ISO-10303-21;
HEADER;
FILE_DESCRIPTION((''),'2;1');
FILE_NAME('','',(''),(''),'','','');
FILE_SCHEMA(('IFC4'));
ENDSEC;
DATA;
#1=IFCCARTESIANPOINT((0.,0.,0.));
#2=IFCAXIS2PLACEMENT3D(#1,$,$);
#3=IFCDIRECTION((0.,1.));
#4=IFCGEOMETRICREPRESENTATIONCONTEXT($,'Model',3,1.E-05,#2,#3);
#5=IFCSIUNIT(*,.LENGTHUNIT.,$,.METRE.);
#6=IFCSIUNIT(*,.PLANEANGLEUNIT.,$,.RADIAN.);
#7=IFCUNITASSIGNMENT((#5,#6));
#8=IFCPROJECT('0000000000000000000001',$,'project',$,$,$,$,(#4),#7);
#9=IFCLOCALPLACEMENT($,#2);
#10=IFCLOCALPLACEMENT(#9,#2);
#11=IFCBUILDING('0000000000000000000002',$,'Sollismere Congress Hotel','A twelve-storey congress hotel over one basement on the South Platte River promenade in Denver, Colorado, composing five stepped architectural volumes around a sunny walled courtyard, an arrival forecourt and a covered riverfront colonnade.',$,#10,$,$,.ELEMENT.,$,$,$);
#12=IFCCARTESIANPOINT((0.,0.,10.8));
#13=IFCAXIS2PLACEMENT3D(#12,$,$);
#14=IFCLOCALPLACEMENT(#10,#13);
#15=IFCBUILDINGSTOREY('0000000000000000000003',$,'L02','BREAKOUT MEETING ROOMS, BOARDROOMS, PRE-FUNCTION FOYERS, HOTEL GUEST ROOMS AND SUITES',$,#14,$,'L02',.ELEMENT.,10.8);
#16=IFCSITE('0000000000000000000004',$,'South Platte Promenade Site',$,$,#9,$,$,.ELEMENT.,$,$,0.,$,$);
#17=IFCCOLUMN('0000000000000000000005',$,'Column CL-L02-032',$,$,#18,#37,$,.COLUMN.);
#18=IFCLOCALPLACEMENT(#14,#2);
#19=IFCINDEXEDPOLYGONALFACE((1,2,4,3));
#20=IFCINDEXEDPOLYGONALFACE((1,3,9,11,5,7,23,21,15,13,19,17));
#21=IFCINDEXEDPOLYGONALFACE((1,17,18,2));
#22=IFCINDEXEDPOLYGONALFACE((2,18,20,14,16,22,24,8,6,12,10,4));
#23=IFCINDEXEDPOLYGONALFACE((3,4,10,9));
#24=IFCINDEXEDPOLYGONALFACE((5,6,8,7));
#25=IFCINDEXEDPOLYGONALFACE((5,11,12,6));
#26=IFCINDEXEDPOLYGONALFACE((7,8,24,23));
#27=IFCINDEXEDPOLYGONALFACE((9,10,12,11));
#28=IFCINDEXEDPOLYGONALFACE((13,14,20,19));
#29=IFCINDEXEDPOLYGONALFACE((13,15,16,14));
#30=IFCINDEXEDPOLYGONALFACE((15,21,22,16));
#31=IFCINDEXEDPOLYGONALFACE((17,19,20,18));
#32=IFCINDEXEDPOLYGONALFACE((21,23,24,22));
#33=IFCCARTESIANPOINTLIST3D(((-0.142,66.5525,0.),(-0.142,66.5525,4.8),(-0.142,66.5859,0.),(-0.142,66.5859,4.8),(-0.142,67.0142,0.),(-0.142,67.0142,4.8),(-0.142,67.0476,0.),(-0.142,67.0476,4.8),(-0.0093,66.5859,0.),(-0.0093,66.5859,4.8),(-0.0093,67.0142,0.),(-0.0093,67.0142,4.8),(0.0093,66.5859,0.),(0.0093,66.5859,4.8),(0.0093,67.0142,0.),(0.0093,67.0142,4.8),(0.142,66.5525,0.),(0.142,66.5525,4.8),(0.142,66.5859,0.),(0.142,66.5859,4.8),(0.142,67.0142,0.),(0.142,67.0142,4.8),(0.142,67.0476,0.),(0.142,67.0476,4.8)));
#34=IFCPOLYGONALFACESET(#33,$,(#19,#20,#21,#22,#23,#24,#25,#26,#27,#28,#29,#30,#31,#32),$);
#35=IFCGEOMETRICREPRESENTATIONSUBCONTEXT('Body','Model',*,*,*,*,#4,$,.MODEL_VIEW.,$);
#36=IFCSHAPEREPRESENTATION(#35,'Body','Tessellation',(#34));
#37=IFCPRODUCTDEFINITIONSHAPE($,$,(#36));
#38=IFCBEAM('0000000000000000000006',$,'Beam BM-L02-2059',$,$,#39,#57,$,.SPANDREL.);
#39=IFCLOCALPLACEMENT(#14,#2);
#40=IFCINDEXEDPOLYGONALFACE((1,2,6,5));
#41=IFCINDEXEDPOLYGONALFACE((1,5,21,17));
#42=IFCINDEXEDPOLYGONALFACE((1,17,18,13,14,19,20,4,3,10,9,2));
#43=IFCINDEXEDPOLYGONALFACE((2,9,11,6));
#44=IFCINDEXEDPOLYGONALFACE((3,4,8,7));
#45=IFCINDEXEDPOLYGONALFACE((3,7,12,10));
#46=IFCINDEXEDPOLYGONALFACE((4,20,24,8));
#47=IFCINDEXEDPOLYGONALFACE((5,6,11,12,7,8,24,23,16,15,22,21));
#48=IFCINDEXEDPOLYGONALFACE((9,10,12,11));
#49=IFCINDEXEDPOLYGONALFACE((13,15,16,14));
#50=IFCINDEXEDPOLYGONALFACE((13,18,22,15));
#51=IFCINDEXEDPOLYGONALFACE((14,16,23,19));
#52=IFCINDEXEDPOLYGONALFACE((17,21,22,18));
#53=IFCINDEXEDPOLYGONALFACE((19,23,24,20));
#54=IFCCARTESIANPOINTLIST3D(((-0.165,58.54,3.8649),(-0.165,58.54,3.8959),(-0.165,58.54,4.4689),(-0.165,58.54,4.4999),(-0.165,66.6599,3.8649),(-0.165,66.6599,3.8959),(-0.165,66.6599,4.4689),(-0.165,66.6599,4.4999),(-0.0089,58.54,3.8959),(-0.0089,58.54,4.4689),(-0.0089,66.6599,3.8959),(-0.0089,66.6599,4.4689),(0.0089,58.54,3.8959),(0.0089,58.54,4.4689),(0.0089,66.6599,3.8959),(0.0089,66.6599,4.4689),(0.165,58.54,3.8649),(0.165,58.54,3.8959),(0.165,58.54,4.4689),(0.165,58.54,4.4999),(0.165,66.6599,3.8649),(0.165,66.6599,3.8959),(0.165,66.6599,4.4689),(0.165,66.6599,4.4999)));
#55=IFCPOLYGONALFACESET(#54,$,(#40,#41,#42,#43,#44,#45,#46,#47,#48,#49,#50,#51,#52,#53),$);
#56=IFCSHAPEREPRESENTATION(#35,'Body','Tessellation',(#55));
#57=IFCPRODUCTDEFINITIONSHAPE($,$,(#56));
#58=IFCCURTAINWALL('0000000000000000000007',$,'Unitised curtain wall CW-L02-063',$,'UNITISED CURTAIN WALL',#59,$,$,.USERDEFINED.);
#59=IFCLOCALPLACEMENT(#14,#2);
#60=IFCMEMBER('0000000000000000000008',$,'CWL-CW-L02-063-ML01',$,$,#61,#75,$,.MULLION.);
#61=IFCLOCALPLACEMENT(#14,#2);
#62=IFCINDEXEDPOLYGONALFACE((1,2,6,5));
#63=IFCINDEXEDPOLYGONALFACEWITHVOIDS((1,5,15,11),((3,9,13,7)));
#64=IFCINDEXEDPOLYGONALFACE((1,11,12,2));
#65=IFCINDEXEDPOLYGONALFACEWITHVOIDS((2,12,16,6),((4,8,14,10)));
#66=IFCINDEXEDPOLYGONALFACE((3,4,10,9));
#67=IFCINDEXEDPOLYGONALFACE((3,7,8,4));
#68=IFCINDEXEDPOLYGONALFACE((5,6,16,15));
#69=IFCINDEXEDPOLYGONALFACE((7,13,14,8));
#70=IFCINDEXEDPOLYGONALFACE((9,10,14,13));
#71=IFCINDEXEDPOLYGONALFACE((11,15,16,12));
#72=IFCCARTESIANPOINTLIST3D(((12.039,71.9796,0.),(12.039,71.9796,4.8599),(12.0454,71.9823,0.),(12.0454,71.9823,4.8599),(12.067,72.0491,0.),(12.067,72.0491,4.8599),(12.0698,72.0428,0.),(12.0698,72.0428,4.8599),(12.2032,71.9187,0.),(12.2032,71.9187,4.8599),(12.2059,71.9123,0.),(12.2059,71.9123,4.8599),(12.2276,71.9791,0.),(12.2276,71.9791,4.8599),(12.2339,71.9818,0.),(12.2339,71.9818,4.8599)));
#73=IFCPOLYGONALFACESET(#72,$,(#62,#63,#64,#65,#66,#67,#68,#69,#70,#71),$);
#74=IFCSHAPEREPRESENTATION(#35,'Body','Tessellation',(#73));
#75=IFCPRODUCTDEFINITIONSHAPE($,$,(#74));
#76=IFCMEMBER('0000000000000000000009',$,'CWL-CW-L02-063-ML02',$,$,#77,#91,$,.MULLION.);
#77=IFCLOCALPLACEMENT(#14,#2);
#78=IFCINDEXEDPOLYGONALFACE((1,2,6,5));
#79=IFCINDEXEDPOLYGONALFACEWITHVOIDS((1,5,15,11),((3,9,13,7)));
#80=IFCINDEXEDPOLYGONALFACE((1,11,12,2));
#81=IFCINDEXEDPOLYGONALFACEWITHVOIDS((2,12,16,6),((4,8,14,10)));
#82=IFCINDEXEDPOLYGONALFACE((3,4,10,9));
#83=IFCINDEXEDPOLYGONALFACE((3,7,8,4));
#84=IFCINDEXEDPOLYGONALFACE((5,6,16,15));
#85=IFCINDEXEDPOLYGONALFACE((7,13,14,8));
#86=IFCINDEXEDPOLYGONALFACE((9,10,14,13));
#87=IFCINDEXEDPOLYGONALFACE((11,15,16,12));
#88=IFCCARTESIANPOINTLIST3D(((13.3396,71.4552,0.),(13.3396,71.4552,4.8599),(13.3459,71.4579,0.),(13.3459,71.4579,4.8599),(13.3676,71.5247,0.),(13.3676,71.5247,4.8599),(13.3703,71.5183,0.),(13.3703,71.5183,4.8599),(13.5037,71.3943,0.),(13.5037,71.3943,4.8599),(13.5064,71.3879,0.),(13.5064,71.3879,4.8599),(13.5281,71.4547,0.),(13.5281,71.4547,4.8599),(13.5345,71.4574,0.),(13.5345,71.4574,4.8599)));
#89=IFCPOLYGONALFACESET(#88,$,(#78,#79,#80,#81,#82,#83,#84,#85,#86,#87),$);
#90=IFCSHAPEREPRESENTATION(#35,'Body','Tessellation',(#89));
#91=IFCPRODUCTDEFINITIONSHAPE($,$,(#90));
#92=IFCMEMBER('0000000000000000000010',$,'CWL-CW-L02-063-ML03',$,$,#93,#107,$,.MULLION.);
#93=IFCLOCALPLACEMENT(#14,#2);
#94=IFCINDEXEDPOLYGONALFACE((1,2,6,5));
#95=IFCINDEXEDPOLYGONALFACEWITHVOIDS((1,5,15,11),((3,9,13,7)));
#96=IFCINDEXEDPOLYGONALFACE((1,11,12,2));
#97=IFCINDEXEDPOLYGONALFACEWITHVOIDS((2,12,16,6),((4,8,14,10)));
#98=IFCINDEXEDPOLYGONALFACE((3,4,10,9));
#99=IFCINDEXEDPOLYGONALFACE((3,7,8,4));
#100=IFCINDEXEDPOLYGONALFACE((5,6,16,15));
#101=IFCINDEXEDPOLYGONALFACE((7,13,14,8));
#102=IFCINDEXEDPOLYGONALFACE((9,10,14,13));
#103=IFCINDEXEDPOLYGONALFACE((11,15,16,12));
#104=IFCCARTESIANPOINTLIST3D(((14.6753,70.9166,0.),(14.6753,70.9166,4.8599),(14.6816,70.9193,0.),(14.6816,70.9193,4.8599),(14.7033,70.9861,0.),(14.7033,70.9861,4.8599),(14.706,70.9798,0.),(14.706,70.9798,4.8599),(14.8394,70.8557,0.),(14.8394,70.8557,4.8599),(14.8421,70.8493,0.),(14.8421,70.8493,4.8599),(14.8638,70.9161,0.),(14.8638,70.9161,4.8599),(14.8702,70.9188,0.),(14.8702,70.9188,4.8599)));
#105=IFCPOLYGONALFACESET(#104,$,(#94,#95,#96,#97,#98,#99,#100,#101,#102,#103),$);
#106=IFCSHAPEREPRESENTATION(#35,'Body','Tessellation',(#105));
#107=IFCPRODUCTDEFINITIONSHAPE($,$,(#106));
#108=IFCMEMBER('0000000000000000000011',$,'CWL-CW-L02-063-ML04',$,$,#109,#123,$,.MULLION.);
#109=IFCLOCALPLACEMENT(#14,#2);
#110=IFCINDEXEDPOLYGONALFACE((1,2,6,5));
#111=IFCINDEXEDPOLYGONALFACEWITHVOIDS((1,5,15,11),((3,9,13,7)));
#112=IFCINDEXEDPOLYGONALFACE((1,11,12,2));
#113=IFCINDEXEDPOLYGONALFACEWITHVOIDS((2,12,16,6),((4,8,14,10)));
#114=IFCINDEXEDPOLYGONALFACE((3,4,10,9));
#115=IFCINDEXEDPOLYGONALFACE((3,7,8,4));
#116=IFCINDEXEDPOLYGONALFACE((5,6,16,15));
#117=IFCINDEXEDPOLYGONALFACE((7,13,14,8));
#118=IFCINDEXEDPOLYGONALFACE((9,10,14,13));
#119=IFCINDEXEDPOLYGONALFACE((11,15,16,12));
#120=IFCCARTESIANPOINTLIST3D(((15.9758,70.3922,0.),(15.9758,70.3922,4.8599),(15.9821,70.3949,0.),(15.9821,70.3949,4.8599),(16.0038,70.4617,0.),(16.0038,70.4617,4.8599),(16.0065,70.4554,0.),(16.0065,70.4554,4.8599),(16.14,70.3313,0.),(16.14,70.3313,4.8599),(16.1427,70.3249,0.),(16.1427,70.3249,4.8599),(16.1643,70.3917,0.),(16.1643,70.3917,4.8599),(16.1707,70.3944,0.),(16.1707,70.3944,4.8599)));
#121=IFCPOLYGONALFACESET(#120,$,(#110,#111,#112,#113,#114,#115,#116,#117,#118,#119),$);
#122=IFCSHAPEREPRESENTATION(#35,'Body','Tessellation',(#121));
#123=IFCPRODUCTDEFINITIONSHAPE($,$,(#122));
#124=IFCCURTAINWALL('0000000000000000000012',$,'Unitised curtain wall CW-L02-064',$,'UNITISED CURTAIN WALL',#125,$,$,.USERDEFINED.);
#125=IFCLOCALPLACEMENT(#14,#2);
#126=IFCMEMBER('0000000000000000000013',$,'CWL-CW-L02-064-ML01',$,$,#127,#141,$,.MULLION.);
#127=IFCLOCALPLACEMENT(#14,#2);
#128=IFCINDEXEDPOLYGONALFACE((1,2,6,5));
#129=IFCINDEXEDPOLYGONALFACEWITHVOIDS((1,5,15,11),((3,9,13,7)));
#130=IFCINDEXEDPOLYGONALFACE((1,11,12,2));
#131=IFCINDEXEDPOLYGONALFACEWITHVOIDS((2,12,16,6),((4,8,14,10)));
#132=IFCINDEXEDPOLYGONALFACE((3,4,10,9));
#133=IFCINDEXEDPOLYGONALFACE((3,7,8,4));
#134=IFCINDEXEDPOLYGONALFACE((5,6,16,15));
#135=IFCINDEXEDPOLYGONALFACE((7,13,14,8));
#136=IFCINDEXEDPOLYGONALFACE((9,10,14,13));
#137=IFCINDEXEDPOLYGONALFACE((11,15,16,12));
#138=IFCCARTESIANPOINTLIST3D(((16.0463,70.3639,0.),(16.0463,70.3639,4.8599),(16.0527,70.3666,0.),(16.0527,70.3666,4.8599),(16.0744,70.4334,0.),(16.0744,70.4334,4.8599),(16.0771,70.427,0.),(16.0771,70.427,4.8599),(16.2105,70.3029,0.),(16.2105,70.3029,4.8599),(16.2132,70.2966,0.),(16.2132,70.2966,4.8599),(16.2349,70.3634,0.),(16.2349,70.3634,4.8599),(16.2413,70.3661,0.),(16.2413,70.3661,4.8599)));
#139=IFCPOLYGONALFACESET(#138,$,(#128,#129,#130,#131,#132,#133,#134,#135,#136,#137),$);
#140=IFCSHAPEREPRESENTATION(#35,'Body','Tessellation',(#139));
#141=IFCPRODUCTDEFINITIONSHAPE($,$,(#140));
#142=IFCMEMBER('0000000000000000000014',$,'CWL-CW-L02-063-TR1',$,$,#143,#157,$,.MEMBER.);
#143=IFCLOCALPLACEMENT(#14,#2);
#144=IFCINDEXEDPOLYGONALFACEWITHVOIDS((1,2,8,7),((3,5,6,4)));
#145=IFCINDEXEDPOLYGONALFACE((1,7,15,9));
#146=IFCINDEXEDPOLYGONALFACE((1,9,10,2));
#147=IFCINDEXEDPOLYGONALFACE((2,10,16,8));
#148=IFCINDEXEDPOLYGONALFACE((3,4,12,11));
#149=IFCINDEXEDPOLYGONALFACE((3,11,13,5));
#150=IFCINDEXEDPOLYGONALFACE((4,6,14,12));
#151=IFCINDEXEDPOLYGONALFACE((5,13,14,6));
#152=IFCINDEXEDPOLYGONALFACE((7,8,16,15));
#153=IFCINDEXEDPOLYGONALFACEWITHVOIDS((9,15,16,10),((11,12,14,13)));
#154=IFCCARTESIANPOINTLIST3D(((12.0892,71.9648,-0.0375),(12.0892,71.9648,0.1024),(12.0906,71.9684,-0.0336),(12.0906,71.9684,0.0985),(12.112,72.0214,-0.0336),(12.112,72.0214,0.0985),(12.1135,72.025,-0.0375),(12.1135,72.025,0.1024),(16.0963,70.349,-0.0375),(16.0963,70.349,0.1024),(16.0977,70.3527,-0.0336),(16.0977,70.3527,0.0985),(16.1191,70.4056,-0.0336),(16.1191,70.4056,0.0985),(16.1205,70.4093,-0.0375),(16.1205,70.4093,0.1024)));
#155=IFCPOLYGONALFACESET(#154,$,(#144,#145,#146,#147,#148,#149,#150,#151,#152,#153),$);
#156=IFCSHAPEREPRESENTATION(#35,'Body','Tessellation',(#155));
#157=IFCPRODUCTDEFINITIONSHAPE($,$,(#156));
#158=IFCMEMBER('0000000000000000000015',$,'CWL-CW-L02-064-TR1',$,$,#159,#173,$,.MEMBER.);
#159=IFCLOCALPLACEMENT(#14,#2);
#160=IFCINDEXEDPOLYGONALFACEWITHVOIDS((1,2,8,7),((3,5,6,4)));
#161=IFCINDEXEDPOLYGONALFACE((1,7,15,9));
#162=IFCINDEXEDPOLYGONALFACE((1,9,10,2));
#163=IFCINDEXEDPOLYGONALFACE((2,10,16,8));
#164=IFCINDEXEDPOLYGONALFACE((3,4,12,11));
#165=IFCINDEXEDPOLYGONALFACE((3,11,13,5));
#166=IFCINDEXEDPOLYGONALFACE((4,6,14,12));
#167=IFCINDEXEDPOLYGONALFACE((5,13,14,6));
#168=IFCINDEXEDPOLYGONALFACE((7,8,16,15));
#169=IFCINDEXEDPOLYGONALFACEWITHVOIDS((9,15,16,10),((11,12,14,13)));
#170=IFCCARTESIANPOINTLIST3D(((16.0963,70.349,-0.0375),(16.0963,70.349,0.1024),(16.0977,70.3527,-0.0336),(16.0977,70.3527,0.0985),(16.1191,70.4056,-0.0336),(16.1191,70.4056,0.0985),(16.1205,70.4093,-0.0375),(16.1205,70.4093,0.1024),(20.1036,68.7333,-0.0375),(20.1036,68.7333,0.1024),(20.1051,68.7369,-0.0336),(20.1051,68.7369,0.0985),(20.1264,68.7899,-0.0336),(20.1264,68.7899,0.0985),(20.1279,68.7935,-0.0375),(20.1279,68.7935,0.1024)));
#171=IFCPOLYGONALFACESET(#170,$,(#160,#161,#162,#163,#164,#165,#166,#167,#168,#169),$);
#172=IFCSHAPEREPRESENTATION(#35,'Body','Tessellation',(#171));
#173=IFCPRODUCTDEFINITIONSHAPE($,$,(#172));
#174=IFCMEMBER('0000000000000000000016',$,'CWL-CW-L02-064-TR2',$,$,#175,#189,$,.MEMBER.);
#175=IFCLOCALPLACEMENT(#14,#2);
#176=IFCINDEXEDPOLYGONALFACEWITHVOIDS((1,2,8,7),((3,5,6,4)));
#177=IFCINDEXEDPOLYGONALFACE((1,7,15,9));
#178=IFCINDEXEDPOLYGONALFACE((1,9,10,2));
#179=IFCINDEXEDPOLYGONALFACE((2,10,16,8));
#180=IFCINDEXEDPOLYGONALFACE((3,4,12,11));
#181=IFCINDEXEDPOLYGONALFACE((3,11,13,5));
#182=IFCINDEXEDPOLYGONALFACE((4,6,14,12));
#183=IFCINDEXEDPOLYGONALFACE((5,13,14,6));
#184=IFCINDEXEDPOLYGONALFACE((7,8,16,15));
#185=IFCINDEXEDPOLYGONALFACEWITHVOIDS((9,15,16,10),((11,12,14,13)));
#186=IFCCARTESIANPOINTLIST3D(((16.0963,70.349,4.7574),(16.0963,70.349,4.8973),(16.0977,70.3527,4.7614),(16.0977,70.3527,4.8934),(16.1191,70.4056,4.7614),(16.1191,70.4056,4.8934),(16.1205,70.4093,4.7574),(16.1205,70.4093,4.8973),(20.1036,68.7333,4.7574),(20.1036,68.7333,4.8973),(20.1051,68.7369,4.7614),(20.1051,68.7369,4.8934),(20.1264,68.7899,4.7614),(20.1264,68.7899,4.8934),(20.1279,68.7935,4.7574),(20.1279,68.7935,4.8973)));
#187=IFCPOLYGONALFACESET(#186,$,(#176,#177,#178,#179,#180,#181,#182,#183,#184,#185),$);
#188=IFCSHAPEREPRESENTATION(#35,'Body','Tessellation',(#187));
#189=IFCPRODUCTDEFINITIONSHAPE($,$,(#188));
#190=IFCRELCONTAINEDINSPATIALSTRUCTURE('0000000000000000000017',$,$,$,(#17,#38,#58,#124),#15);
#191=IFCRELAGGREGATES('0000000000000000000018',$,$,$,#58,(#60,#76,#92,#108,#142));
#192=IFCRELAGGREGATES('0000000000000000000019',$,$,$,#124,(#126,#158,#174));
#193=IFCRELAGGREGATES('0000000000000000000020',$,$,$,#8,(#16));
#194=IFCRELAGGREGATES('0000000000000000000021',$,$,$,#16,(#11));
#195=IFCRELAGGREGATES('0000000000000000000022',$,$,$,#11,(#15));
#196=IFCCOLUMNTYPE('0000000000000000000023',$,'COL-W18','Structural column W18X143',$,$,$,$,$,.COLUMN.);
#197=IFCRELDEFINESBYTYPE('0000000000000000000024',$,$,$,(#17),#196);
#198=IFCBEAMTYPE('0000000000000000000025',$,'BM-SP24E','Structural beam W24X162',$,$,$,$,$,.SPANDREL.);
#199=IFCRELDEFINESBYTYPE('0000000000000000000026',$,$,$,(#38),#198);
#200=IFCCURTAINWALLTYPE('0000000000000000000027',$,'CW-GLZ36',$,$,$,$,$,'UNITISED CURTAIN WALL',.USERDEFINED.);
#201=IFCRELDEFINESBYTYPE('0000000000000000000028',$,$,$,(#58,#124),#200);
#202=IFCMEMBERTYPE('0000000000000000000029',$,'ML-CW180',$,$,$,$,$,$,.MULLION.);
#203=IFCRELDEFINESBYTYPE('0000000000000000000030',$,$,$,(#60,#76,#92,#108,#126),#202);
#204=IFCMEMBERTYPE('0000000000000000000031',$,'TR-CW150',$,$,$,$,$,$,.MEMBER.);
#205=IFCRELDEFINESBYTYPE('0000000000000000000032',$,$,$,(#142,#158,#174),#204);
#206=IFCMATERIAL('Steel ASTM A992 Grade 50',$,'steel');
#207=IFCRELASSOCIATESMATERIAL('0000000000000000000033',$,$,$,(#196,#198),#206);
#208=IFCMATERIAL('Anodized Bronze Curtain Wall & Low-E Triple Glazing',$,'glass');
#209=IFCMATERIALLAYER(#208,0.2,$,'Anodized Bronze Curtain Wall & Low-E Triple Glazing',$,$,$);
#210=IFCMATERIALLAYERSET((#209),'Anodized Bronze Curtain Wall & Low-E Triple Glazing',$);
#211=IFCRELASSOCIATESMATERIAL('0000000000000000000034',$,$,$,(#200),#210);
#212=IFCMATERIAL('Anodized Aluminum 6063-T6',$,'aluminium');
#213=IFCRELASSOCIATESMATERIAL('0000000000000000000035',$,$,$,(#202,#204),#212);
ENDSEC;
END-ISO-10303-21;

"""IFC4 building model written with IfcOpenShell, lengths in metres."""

from ifc_helpers import new_model, si_unit, direction, frame, origin, origin_2d, place, context, subcontext, project, spatial, hollow_rectangle, i_section, extrude, material, layer, layer_set, material_profile, profile_set, type_object, element, aggregate, save


model = new_model("IFC4")

# Units and contexts
model_context = context("Model", 3, precision=1e-05, world=origin(), true_north=direction((0.0, 1.0)))
body_context = subcontext(model_context, "Body", "Model", "MODEL_VIEW")
ifc_project = project(units=[si_unit("LENGTHUNIT", "METRE"), si_unit("PLANEANGLEUNIT", "RADIAN")], contexts=[model_context])

# Site, building, storey
site_placement = place(None, origin())
site = spatial("IfcSite", under=ifc_project, at=site_placement, Name="South Platte Promenade Site", CompositionType="ELEMENT", RefElevation=0.0)
building_placement = place(site_placement, origin())
building = spatial("IfcBuilding", under=site, at=building_placement, Name="Sollismere Congress Hotel", Description="A twelve-storey congress hotel over one basement on the South Platte River promenade in Denver, Colorado, composing five stepped architectural volumes around a sunny walled courtyard, an arrival forecourt and a covered riverfront colonnade.", CompositionType="ELEMENT")
storey_placement = place(building_placement, frame((0.0, 0.0, 10.8)))
storey = spatial("IfcBuildingStorey", under=building, at=storey_placement, Name="L02", Description="BREAKOUT MEETING ROOMS, BOARDROOMS, PRE-FUNCTION FOYERS, HOTEL GUEST ROOMS AND SUITES", LongName="L02", CompositionType="ELEMENT", Elevation=10.8)

# Column
ifc_material_1 = material(Name="Steel ASTM A992 Grade 50", Category="steel")
ifc_material_profile_1 = material_profile(ifc_material_1, i_section(OverallWidth=0.2839, OverallDepth=0.4951, WebThickness=0.0186, FlangeThickness=0.0334, at=origin_2d()), Name="W18X143")
ifc_profile_set_1 = profile_set([ifc_material_profile_1], Name="Steel ASTM A992 Grade 50")
column_type = type_object("IfcColumnType", Name="COL-W18", Description="Structural column W18X143", PredefinedType="COLUMN", material=ifc_profile_set_1)
column_placement = place(storey_placement, frame((0.0, 66.8, 0.0), z_axis=(0.0, 0.0, 1.0), x_axis=(1.0, 0.0, 0.0)))
element("IfcColumn", 1, at=column_placement, inside=storey, type_object=column_type, Name="Column CL-L02-032", PredefinedType="COLUMN", context=body_context, shape_type="SweptSolid", body=[
    extrude(i_section(OverallWidth=0.2839, OverallDepth=0.4951, WebThickness=0.0186, FlangeThickness=0.0334, at=origin_2d()), origin(), (0.0, 0.0, 1.0), 4.8),
])

# Beam
ifc_material_profile_2 = material_profile(ifc_material_1, i_section(OverallWidth=0.3301, OverallDepth=0.635, WebThickness=0.0178, FlangeThickness=0.031, at=origin_2d()), Name="W24X162")
ifc_profile_set_2 = profile_set([ifc_material_profile_2], Name="Steel ASTM A992 Grade 50")
beam_type = type_object("IfcBeamType", Name="BM-SP24E", Description="Structural beam W24X162", PredefinedType="SPANDREL", material=ifc_profile_set_2)
beam_placement = place(storey_placement, frame((0.0, 58.54, 4.1824), z_axis=(0.0, 1.0, 0.0), x_axis=(-1.0, 0.0, 0.0)))
element("IfcBeam", 2, at=beam_placement, inside=storey, type_object=beam_type, Name="Beam BM-L02-2059", PredefinedType="SPANDREL", context=body_context, shape_type="SweptSolid", body=[
    extrude(i_section(OverallWidth=0.3301, OverallDepth=0.635, WebThickness=0.0178, FlangeThickness=0.031, at=origin_2d()), origin(), (0.0, 0.0, 1.0), 8.1199),
])

# Curtain wall, members
ifc_material_2 = material(Name="Anodized Bronze Curtain Wall & Low-E Triple Glazing", Category="glass")
ifc_layer_1 = layer(ifc_material_2, 0.2, Name="Anodized Bronze Curtain Wall & Low-E Triple Glazing")
ifc_layer_set_1 = layer_set([ifc_layer_1], Name="Anodized Bronze Curtain Wall & Low-E Triple Glazing")
curtain_wall_type = type_object("IfcCurtainWallType", Name="CW-GLZ36", ElementType="UNITISED CURTAIN WALL", PredefinedType="USERDEFINED", material=ifc_layer_set_1)
curtain_wall_1_placement = place(storey_placement, origin())
curtain_wall_1 = element("IfcCurtainWall", 3, at=curtain_wall_1_placement, inside=storey, type_object=curtain_wall_type, Name="Unitised curtain wall CW-L02-063", ObjectType="UNITISED CURTAIN WALL", PredefinedType="USERDEFINED")
ifc_material_3 = material(Name="Anodized Aluminum 6063-T6", Category="aluminium")
ifc_material_profile_3 = material_profile(ifc_material_3, hollow_rectangle(XDim=0.075, YDim=0.1799, WallThickness=0.0049, at=origin_2d()), Name="ALU180X75X5")
ifc_profile_set_3 = profile_set([ifc_material_profile_3], Name="Anodized Aluminum 6063-T6")
member_type_1 = type_object("IfcMemberType", Name="ML-CW180", PredefinedType="MULLION", material=ifc_profile_set_3)
member_1_placement = place(storey_placement, frame((12.1365, 71.9807, 0.0), z_axis=(0.0, 0.0, 1.0), x_axis=(0.373943, 0.927452, 0.0)))
member_1 = element("IfcMember", 4, at=member_1_placement, type_object=member_type_1, Name="CWL-CW-L02-063-ML01", PredefinedType="MULLION", context=body_context, shape_type="SweptSolid", body=[
    extrude(hollow_rectangle(XDim=0.075, YDim=0.1799, WallThickness=0.0049, at=origin_2d()), origin(), (0.0, 0.0, 1.0), 4.8599),
])
member_2_placement = place(storey_placement, frame((13.437, 71.4563, 0.0), z_axis=(0.0, 0.0, 1.0), x_axis=(0.373943, 0.927452, 0.0)))
member_2 = element("IfcMember", 5, at=member_2_placement, type_object=member_type_1, Name="CWL-CW-L02-063-ML02", PredefinedType="MULLION", context=body_context, shape_type="SweptSolid", body=[
    extrude(hollow_rectangle(XDim=0.075, YDim=0.1799, WallThickness=0.0049, at=origin_2d()), origin(), (0.0, 0.0, 1.0), 4.8599),
])
member_3_placement = place(storey_placement, frame((14.7727, 70.9177, 0.0), z_axis=(0.0, 0.0, 1.0), x_axis=(0.373943, 0.927452, 0.0)))
member_3 = element("IfcMember", 6, at=member_3_placement, type_object=member_type_1, Name="CWL-CW-L02-063-ML03", PredefinedType="MULLION", context=body_context, shape_type="SweptSolid", body=[
    extrude(hollow_rectangle(XDim=0.075, YDim=0.1799, WallThickness=0.0049, at=origin_2d()), origin(), (0.0, 0.0, 1.0), 4.8599),
])
member_4_placement = place(storey_placement, frame((16.0732, 70.3933, 0.0), z_axis=(0.0, 0.0, 1.0), x_axis=(0.373943, 0.927452, 0.0)))
member_4 = element("IfcMember", 7, at=member_4_placement, type_object=member_type_1, Name="CWL-CW-L02-063-ML04", PredefinedType="MULLION", context=body_context, shape_type="SweptSolid", body=[
    extrude(hollow_rectangle(XDim=0.075, YDim=0.1799, WallThickness=0.0049, at=origin_2d()), origin(), (0.0, 0.0, 1.0), 4.8599),
])

# Curtain wall, member
curtain_wall_2_placement = place(storey_placement, origin())
curtain_wall_2 = element("IfcCurtainWall", 8, at=curtain_wall_2_placement, inside=storey, type_object=curtain_wall_type, Name="Unitised curtain wall CW-L02-064", ObjectType="UNITISED CURTAIN WALL", PredefinedType="USERDEFINED")
member_5_placement = place(storey_placement, frame((16.1438, 70.365, 0.0), z_axis=(0.0, 0.0, 1.0), x_axis=(0.373943, 0.927452, 0.0)))
member_5 = element("IfcMember", 9, at=member_5_placement, type_object=member_type_1, Name="CWL-CW-L02-064-ML01", PredefinedType="MULLION", context=body_context, shape_type="SweptSolid", body=[
    extrude(hollow_rectangle(XDim=0.075, YDim=0.1799, WallThickness=0.0049, at=origin_2d()), origin(), (0.0, 0.0, 1.0), 4.8599),
])

# Members
ifc_material_profile_4 = material_profile(ifc_material_3, hollow_rectangle(XDim=0.0649, YDim=0.1399, WallThickness=0.0039, at=origin_2d()), Name="ALU140X65X4")
ifc_profile_set_4 = profile_set([ifc_material_profile_4], Name="Anodized Aluminum 6063-T6")
member_type_2 = type_object("IfcMemberType", Name="TR-CW150", PredefinedType="MEMBER", material=ifc_profile_set_4)
member_6_placement = place(storey_placement, frame((12.1013, 71.9949, 0.0325), z_axis=(0.927444, -0.373961, 0.0), x_axis=(0.373961, 0.927444, 0.0)))
member_6 = element("IfcMember", 10, at=member_6_placement, type_object=member_type_2, Name="CWL-CW-L02-063-TR1", PredefinedType="MEMBER", context=body_context, shape_type="SweptSolid", body=[
    extrude(hollow_rectangle(XDim=0.0649, YDim=0.1399, WallThickness=0.0039, at=origin_2d()), origin(), (0.0, 0.0, 1.0), 4.3206),
])
member_7_placement = place(storey_placement, frame((16.1084, 70.3792, 0.0325), z_axis=(0.927452, -0.373942, 0.0), x_axis=(0.373942, 0.927452, 0.0)))
member_7 = element("IfcMember", 11, at=member_7_placement, type_object=member_type_2, Name="CWL-CW-L02-064-TR1", PredefinedType="MEMBER", context=body_context, shape_type="SweptSolid", body=[
    extrude(hollow_rectangle(XDim=0.0649, YDim=0.1399, WallThickness=0.0039, at=origin_2d()), origin(), (0.0, 0.0, 1.0), 4.3208),
])
member_8_placement = place(storey_placement, frame((16.1084, 70.3792, 4.8274), z_axis=(0.927452, -0.373942, 0.0), x_axis=(0.373942, 0.927452, 0.0)))
member_8 = element("IfcMember", 12, at=member_8_placement, type_object=member_type_2, Name="CWL-CW-L02-064-TR2", PredefinedType="MEMBER", context=body_context, shape_type="SweptSolid", body=[
    extrude(hollow_rectangle(XDim=0.0649, YDim=0.1399, WallThickness=0.0039, at=origin_2d()), origin(), (0.0, 0.0, 1.0), 4.3208),
])

aggregate(curtain_wall_1, [member_1, member_2, member_3, member_4, member_6])
aggregate(curtain_wall_2, [member_5, member_7, member_8])

save(model, "model.ifc")
